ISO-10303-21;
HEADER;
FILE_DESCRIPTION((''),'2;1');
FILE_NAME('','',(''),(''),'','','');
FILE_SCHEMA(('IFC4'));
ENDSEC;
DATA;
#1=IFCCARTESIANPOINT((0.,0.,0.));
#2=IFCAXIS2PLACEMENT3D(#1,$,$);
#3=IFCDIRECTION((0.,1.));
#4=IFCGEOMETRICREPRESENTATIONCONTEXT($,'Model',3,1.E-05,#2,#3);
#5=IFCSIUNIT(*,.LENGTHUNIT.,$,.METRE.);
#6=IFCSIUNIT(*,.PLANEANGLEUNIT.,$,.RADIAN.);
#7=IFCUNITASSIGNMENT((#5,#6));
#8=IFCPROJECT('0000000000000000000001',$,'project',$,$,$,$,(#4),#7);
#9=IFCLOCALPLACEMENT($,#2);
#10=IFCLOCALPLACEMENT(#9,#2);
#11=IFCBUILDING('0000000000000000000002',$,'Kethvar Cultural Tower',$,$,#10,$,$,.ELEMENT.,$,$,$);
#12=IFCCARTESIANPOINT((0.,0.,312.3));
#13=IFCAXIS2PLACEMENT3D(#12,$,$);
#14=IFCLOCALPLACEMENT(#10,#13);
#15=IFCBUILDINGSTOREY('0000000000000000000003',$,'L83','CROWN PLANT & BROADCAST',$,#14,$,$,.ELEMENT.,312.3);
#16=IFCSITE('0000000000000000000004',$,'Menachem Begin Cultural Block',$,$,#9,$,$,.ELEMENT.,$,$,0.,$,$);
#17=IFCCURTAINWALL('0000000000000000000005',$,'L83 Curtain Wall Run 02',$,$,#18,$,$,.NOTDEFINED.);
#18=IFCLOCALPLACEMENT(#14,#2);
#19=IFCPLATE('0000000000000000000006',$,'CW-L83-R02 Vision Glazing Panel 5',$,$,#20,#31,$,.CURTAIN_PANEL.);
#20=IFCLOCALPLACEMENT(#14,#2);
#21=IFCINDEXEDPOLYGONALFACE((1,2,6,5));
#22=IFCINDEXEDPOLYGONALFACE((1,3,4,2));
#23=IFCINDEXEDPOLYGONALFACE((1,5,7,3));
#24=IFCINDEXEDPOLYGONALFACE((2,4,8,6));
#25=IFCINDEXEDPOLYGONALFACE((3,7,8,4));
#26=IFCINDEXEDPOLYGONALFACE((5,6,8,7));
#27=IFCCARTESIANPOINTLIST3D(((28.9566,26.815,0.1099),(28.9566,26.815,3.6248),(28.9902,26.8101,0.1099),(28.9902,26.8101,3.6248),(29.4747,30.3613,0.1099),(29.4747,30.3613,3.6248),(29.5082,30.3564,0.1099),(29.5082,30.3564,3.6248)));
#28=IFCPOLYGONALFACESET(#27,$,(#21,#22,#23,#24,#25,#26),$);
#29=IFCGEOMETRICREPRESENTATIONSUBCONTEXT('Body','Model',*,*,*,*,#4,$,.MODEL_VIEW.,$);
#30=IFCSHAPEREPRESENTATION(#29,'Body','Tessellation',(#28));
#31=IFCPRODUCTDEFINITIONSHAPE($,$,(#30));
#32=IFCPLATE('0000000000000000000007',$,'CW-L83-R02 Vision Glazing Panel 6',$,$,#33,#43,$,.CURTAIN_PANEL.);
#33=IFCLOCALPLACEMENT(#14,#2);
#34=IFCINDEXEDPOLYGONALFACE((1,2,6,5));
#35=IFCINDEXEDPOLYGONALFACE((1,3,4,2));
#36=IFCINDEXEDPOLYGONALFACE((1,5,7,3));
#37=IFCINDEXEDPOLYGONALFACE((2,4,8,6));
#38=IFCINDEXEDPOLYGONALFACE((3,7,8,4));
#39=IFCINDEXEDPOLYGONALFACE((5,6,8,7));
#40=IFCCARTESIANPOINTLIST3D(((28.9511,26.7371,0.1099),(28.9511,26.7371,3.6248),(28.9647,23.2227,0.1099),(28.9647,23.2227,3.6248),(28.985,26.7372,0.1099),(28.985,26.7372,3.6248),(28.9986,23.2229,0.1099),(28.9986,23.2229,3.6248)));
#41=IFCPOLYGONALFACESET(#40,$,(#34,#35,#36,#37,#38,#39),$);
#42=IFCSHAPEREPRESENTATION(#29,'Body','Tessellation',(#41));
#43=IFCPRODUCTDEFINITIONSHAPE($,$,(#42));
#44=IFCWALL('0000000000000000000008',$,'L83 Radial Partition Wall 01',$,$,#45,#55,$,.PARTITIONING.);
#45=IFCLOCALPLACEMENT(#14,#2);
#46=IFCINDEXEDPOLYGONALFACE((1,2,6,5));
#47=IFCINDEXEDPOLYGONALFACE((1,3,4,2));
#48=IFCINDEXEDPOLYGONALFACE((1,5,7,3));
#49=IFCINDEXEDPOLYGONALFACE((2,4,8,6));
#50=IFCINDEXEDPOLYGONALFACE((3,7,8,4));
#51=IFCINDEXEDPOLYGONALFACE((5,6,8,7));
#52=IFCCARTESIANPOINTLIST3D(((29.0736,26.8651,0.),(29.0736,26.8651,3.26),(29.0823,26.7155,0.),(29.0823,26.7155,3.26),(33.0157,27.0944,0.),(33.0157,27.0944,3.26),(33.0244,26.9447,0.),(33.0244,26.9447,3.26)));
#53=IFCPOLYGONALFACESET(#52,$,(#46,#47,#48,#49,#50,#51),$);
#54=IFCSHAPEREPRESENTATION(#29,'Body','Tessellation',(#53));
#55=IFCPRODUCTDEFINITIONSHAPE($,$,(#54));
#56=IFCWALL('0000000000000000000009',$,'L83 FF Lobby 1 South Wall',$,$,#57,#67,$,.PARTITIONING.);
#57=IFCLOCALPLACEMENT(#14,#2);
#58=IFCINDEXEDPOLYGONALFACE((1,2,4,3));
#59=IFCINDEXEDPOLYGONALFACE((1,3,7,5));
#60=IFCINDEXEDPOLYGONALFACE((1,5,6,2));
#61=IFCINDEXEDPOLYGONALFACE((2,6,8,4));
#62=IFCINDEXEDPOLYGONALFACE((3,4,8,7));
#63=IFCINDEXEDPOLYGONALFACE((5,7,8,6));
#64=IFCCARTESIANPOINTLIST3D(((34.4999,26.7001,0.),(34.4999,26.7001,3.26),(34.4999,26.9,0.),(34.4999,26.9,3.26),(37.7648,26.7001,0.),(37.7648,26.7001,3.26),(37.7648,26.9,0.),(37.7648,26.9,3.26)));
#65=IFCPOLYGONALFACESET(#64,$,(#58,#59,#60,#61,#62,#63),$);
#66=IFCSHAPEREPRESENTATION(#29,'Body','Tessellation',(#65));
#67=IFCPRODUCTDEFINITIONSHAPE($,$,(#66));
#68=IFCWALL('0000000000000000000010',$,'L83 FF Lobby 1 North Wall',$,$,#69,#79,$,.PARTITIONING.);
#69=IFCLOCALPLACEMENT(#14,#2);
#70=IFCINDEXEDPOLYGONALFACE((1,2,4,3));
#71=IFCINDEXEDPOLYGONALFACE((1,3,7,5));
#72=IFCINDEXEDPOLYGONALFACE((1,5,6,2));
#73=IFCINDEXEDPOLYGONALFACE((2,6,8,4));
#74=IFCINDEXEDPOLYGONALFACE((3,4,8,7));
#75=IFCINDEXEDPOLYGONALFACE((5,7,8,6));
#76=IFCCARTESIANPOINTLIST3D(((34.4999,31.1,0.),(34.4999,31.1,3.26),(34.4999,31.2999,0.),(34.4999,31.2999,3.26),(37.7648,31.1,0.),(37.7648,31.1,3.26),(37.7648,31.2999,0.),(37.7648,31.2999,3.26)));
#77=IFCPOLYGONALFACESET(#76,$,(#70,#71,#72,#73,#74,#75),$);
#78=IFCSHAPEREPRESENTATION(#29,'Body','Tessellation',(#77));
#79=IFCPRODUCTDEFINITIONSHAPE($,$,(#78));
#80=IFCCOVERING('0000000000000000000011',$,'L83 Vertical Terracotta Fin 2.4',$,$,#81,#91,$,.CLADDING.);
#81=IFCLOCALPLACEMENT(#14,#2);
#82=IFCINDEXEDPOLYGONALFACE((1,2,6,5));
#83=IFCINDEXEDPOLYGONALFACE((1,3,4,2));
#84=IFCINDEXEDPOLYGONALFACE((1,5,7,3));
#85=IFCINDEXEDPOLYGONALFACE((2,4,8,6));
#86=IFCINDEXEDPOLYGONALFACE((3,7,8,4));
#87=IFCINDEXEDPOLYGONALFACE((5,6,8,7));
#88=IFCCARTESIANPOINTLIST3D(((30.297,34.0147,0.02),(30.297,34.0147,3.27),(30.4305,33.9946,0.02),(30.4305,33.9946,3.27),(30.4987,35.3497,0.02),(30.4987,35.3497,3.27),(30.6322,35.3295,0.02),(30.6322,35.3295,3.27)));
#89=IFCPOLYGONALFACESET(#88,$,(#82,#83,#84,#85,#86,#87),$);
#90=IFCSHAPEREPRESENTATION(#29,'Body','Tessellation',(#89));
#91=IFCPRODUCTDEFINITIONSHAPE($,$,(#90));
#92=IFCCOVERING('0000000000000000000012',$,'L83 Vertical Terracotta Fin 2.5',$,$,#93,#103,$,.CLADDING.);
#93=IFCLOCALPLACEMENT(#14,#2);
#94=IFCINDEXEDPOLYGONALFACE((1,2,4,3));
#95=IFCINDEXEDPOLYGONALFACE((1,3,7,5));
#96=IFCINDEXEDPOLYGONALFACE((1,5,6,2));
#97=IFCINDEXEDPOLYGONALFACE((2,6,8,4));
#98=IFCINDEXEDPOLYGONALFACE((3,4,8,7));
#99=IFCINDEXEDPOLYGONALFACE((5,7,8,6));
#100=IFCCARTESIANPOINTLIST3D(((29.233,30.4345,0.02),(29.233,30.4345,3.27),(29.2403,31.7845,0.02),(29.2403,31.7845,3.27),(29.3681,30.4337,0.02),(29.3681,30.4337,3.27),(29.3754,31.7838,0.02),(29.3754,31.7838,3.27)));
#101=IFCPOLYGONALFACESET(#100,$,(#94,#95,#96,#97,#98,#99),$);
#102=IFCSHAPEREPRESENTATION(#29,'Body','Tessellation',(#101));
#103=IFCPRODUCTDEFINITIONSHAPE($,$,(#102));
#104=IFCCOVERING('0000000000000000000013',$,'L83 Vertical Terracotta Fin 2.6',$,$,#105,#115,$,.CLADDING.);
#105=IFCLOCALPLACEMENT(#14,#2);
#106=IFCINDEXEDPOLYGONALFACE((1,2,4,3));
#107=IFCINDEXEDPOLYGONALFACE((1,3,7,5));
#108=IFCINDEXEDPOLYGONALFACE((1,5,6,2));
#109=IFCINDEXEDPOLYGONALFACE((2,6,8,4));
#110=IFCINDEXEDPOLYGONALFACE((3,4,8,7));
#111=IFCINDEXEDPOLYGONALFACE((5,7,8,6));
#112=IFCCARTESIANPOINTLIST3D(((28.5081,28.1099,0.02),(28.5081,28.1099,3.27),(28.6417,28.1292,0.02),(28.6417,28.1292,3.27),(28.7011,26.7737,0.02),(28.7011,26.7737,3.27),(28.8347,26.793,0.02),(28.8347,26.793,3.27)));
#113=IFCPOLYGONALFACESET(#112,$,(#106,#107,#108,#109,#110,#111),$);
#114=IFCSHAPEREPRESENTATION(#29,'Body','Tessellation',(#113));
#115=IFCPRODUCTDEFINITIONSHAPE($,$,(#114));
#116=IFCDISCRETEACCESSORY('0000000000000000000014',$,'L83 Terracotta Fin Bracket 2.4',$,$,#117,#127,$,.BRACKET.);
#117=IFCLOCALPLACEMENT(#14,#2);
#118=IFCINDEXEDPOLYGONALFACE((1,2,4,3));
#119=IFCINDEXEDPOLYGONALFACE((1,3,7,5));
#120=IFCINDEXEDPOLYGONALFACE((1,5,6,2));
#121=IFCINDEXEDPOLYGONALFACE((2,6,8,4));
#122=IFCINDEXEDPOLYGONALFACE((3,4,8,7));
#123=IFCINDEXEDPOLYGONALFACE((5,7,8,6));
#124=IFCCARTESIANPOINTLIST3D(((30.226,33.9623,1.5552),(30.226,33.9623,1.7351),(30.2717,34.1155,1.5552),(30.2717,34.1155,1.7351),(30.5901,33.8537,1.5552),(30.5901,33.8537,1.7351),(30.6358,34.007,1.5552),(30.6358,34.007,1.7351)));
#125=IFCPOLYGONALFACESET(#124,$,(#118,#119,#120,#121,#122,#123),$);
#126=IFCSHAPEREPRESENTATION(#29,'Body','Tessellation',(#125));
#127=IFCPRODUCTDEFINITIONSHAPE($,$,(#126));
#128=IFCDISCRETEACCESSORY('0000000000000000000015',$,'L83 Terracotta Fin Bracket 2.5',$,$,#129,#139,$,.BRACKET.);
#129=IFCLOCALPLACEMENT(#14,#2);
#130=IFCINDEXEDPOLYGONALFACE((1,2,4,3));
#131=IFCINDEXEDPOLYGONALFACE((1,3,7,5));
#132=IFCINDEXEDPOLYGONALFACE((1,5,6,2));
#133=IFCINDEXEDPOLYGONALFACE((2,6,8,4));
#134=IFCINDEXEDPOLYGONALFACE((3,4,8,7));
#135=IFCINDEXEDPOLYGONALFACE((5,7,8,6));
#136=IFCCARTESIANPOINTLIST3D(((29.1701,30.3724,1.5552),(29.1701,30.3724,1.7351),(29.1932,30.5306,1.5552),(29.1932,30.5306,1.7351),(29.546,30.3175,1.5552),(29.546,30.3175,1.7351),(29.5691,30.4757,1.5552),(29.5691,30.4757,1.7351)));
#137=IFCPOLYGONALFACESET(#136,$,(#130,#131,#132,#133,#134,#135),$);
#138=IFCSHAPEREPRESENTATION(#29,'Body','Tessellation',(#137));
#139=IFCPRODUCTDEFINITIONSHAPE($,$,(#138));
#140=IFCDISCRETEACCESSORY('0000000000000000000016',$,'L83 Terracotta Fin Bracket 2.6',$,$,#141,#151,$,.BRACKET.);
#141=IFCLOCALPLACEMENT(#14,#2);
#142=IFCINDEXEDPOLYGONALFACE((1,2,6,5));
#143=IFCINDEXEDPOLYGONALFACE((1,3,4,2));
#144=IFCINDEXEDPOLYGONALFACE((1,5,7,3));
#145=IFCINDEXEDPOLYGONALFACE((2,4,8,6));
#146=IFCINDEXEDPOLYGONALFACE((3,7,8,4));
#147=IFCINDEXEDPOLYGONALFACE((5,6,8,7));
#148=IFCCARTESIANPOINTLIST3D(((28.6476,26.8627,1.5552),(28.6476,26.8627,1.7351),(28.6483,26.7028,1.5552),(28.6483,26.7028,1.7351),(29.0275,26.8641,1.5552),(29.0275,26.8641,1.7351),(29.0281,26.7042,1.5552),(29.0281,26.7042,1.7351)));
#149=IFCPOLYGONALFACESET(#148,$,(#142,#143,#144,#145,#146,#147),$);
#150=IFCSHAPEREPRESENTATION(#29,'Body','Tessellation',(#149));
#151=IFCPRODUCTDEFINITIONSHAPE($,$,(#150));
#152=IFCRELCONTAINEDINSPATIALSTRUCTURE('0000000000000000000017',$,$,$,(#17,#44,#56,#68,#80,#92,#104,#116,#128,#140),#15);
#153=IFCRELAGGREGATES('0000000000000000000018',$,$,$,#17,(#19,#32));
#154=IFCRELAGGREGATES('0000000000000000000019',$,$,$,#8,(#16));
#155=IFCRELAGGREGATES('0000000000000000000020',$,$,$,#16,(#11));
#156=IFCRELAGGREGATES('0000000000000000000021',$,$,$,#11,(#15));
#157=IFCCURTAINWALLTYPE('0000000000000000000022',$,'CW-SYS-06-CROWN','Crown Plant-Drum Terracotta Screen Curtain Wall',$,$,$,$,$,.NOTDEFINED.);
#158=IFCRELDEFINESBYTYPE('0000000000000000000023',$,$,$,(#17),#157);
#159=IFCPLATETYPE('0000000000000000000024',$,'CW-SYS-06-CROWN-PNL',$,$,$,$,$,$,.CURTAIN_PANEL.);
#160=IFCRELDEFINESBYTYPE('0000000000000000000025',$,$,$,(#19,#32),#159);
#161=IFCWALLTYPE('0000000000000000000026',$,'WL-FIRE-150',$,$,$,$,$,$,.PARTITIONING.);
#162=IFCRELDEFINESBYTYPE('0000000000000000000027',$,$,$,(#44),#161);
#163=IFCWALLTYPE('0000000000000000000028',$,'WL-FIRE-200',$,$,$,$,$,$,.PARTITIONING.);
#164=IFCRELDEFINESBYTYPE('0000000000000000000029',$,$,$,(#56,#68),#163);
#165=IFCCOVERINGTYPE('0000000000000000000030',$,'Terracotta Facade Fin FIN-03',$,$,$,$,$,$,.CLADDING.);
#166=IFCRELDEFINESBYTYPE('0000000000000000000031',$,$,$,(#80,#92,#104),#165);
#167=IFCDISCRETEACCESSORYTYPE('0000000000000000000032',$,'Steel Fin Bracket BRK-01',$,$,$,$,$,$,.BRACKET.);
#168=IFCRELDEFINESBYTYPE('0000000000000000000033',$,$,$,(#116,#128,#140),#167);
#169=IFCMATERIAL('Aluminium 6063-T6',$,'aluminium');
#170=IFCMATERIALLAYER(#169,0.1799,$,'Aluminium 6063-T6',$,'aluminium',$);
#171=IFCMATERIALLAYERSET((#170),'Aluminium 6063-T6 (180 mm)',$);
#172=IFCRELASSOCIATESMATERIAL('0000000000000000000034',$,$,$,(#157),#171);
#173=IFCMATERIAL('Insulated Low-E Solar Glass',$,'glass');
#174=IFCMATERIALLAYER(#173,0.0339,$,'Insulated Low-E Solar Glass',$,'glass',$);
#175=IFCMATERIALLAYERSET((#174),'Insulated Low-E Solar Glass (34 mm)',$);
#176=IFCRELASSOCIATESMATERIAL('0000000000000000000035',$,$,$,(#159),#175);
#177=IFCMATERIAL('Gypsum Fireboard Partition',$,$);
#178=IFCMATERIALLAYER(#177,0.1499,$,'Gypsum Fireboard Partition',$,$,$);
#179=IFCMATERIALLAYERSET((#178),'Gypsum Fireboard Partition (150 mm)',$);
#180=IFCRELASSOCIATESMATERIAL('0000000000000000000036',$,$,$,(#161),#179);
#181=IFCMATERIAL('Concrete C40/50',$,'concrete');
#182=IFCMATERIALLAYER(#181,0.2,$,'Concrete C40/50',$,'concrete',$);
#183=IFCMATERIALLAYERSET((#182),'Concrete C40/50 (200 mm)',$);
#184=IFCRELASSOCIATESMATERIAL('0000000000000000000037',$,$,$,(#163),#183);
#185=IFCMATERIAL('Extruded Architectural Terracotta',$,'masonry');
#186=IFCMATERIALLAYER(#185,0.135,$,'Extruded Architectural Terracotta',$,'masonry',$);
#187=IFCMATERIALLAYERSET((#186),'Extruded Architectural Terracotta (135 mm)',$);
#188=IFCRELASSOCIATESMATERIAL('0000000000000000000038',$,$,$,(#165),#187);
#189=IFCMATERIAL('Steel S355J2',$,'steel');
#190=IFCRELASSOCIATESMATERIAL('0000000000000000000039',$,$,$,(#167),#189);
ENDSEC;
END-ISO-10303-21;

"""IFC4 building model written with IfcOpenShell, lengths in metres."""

from ifc_helpers import new_model, si_unit, direction, frame, frame_2d, origin, origin_2d, place, context, subcontext, project, spatial, rectangle, extrude, source, transform, mapped, material, layer, layer_set, type_object, element, aggregate, save


model = new_model("IFC4")

# Units and contexts
model_context = context("Model", 3, precision=1e-05, world=origin(), true_north=direction((0.0, 1.0)))
body_context = subcontext(model_context, "Body", "Model", "MODEL_VIEW")
ifc_project = project(units=[si_unit("LENGTHUNIT", "METRE"), si_unit("PLANEANGLEUNIT", "RADIAN")], contexts=[model_context])

# Site, building, storey
site_placement = place(None, origin())
site = spatial("IfcSite", under=ifc_project, at=site_placement, Name="Menachem Begin Cultural Block", CompositionType="ELEMENT", RefElevation=0.0)
building_placement = place(site_placement, origin())
building = spatial("IfcBuilding", under=site, at=building_placement, Name="Kethvar Cultural Tower", CompositionType="ELEMENT")
storey_placement = place(building_placement, frame((0.0, 0.0, 312.3)))
storey = spatial("IfcBuildingStorey", under=building, at=storey_placement, Name="L83", Description="CROWN PLANT & BROADCAST", CompositionType="ELEMENT", Elevation=312.3)

# Shared definitions
ifc_material_1 = material(Name="Steel S355J2", Category="steel")

# Curtain wall, plates
ifc_material_2 = material(Name="Aluminium 6063-T6", Category="aluminium")
ifc_layer_1 = layer(ifc_material_2, 0.1799, Name="Aluminium 6063-T6", Category="aluminium")
ifc_layer_set_1 = layer_set([ifc_layer_1], Name="Aluminium 6063-T6 (180 mm)")
curtain_wall_type = type_object("IfcCurtainWallType", Name="CW-SYS-06-CROWN", Description="Crown Plant-Drum Terracotta Screen Curtain Wall", PredefinedType="NOTDEFINED", material=ifc_layer_set_1)
curtain_wall_placement = place(storey_placement, origin())
curtain_wall = element("IfcCurtainWall", 1, at=curtain_wall_placement, inside=storey, type_object=curtain_wall_type, Name="L83 Curtain Wall Run 02", PredefinedType="NOTDEFINED")
ifc_material_3 = material(Name="Insulated Low-E Solar Glass", Category="glass")
ifc_layer_2 = layer(ifc_material_3, 0.0339, Name="Insulated Low-E Solar Glass", Category="glass")
ifc_layer_set_2 = layer_set([ifc_layer_2], Name="Insulated Low-E Solar Glass (34 mm)")
plate_type = type_object("IfcPlateType", Name="CW-SYS-06-CROWN-PNL", PredefinedType="CURTAIN_PANEL", material=ifc_layer_set_2)
shared_shape_1 = source(origin(), body_context, "Body", "SweptSolid", [
    extrude(rectangle(XDim=3.584, YDim=0.0339, at=origin_2d()), origin(), (0.0, 0.0, 1.0), 3.5149),
])
plate_1_placement = place(storey_placement, frame((29.2324, 28.5857, 0.1099), z_axis=(0.0, 0.0, 1.0), x_axis=(-0.144546, -0.989498, 0.0)))
plate_1 = element("IfcPlate", 2, at=plate_1_placement, type_object=plate_type, Name="CW-L83-R02 Vision Glazing Panel 5", PredefinedType="CURTAIN_PANEL", context=body_context, shape_type="MappedRepresentation", body=[
    mapped(shared_shape_1, transform((0.0, 0.0, 0.0), scale=1.0)),
])
shared_shape_2 = source(origin(), body_context, "Body", "SweptSolid", [
    extrude(rectangle(XDim=3.5144, YDim=0.0339, at=origin_2d()), origin(), (0.0, 0.0, 1.0), 3.5149),
])
plate_2_placement = place(storey_placement, frame((28.9749, 24.98, 0.1099), z_axis=(0.0, 0.0, 1.0), x_axis=(0.003857, -0.999993, 0.0)))
plate_2 = element("IfcPlate", 3, at=plate_2_placement, type_object=plate_type, Name="CW-L83-R02 Vision Glazing Panel 6", PredefinedType="CURTAIN_PANEL", context=body_context, shape_type="MappedRepresentation", body=[
    mapped(shared_shape_2, transform((0.0, 0.0, 0.0), scale=1.0)),
])
aggregate(curtain_wall, [plate_1, plate_2])

# Wall
ifc_material_4 = material(Name="Gypsum Fireboard Partition")
ifc_layer_3 = layer(ifc_material_4, 0.1499, Name="Gypsum Fireboard Partition")
ifc_layer_set_3 = layer_set([ifc_layer_3], Name="Gypsum Fireboard Partition (150 mm)")
wall_type_1 = type_object("IfcWallType", Name="WL-FIRE-150", PredefinedType="PARTITIONING", material=ifc_layer_set_3)
wall_1_placement = place(storey_placement, frame((33.02, 27.0195, 0.0), z_axis=(0.0, 0.0, 1.0), x_axis=(-0.998313, -0.058055, 0.0)))
element("IfcWall", 4, at=wall_1_placement, inside=storey, type_object=wall_type_1, Name="L83 Radial Partition Wall 01", PredefinedType="PARTITIONING", context=body_context, shape_type="SweptSolid", body=[
    extrude(rectangle(XDim=3.9487, YDim=0.1499, at=frame_2d((1.9744, 0.0))), origin(), (0.0, 0.0, 1.0), 3.26),
])

# Shared definitions
ifc_material_5 = material(Name="Concrete C40/50", Category="concrete")
ifc_layer_4 = layer(ifc_material_5, 0.2, Name="Concrete C40/50", Category="concrete")
ifc_layer_set_4 = layer_set([ifc_layer_4], Name="Concrete C40/50 (200 mm)")
wall_type_2 = type_object("IfcWallType", Name="WL-FIRE-200", PredefinedType="PARTITIONING", material=ifc_layer_set_4)

# Walls
for number, where, z_axis, x_axis, name in (
    (5, (34.5, 26.8, 0.0), (0.0, 0.0, 1.0), (1.0, 0.0, 0.0), "L83 FF Lobby 1 South Wall"),
    (6, (34.5, 31.2, 0.0), (0.0, 0.0, 1.0), (1.0, 0.0, 0.0), "L83 FF Lobby 1 North Wall"),
):
    element("IfcWall", number, at=place(storey_placement, frame(where, z_axis=z_axis, x_axis=x_axis)), inside=storey, type_object=wall_type_2, Name=name, PredefinedType="PARTITIONING", context=body_context, shape_type="SweptSolid", body=[
        extrude(rectangle(XDim=3.2649, YDim=0.2, at=frame_2d((1.6323, 0.0))), origin(), (0.0, 0.0, 1.0), 3.26),
    ])

# Coverings
ifc_material_6 = material(Name="Extruded Architectural Terracotta", Category="masonry")
ifc_layer_5 = layer(ifc_material_6, 0.135, Name="Extruded Architectural Terracotta", Category="masonry")
ifc_layer_set_5 = layer_set([ifc_layer_5], Name="Extruded Architectural Terracotta (135 mm)")
covering_type = type_object("IfcCoveringType", Name="Terracotta Facade Fin FIN-03", PredefinedType="CLADDING", material=ifc_layer_set_5)
shared_shape_3 = source(origin(), body_context, "Body", "SweptSolid", [
    extrude(rectangle(XDim=1.3501, YDim=0.135, at=origin_2d()), origin(), (0.0, 0.0, 1.0), 3.25),
])
for number, where, z_axis, x_axis, name in (
    (7, (30.4646, 34.6721, 0.02), (0.0, 0.0, 1.0), (0.149363, 0.988782, 0.0), "L83 Vertical Terracotta Fin 2.4"),
    (8, (29.3042, 31.1091, 0.02), (0.0, 0.0, 1.0), (0.00541, 0.999985, 0.0), "L83 Vertical Terracotta Fin 2.5"),
    (9, (28.6714, 27.4514, 0.02), (0.0, 0.0, 1.0), (-0.142974, 0.989726, 0.0), "L83 Vertical Terracotta Fin 2.6"),
):
    element("IfcCovering", number, at=place(storey_placement, frame(where, z_axis=z_axis, x_axis=x_axis)), inside=storey, type_object=covering_type, Name=name, PredefinedType="CLADDING", context=body_context, shape_type="MappedRepresentation", body=[
        mapped(shared_shape_3, transform((0.0, 0.0, 0.0), scale=1.0)),
    ])

# Discrete accessories
discrete_accessory_type = type_object("IfcDiscreteAccessoryType", Name="Steel Fin Bracket BRK-01", PredefinedType="BRACKET", material=ifc_material_1)
shared_shape_4 = source(origin(), body_context, "Body", "SweptSolid", [
    extrude(rectangle(XDim=0.3799, YDim=0.1599, at=origin_2d()), origin(), (0.0, 0.0, 1.0), 0.1799),
])
for number, where, z_axis, x_axis, name in (
    (10, (30.4309, 33.9846, 1.5552), (0.0, 0.0, 1.0), (-0.958323, 0.285688, 0.0), "L83 Terracotta Fin Bracket 2.4"),
    (11, (29.3696, 30.4241, 1.5552), (0.0, 0.0, 1.0), (-0.989501, 0.144529, 0.0), "L83 Terracotta Fin Bracket 2.5"),
    (12, (28.8379, 26.7834, 1.5552), (0.0, 0.0, 1.0), (-0.999993, -0.00384, 0.0), "L83 Terracotta Fin Bracket 2.6"),
):
    element("IfcDiscreteAccessory", number, at=place(storey_placement, frame(where, z_axis=z_axis, x_axis=x_axis)), inside=storey, type_object=discrete_accessory_type, Name=name, PredefinedType="BRACKET", context=body_context, shape_type="MappedRepresentation", body=[
        mapped(shared_shape_4, transform((0.0, 0.0, 0.0), scale=1.0)),
    ])

save(model, "model.ifc")
